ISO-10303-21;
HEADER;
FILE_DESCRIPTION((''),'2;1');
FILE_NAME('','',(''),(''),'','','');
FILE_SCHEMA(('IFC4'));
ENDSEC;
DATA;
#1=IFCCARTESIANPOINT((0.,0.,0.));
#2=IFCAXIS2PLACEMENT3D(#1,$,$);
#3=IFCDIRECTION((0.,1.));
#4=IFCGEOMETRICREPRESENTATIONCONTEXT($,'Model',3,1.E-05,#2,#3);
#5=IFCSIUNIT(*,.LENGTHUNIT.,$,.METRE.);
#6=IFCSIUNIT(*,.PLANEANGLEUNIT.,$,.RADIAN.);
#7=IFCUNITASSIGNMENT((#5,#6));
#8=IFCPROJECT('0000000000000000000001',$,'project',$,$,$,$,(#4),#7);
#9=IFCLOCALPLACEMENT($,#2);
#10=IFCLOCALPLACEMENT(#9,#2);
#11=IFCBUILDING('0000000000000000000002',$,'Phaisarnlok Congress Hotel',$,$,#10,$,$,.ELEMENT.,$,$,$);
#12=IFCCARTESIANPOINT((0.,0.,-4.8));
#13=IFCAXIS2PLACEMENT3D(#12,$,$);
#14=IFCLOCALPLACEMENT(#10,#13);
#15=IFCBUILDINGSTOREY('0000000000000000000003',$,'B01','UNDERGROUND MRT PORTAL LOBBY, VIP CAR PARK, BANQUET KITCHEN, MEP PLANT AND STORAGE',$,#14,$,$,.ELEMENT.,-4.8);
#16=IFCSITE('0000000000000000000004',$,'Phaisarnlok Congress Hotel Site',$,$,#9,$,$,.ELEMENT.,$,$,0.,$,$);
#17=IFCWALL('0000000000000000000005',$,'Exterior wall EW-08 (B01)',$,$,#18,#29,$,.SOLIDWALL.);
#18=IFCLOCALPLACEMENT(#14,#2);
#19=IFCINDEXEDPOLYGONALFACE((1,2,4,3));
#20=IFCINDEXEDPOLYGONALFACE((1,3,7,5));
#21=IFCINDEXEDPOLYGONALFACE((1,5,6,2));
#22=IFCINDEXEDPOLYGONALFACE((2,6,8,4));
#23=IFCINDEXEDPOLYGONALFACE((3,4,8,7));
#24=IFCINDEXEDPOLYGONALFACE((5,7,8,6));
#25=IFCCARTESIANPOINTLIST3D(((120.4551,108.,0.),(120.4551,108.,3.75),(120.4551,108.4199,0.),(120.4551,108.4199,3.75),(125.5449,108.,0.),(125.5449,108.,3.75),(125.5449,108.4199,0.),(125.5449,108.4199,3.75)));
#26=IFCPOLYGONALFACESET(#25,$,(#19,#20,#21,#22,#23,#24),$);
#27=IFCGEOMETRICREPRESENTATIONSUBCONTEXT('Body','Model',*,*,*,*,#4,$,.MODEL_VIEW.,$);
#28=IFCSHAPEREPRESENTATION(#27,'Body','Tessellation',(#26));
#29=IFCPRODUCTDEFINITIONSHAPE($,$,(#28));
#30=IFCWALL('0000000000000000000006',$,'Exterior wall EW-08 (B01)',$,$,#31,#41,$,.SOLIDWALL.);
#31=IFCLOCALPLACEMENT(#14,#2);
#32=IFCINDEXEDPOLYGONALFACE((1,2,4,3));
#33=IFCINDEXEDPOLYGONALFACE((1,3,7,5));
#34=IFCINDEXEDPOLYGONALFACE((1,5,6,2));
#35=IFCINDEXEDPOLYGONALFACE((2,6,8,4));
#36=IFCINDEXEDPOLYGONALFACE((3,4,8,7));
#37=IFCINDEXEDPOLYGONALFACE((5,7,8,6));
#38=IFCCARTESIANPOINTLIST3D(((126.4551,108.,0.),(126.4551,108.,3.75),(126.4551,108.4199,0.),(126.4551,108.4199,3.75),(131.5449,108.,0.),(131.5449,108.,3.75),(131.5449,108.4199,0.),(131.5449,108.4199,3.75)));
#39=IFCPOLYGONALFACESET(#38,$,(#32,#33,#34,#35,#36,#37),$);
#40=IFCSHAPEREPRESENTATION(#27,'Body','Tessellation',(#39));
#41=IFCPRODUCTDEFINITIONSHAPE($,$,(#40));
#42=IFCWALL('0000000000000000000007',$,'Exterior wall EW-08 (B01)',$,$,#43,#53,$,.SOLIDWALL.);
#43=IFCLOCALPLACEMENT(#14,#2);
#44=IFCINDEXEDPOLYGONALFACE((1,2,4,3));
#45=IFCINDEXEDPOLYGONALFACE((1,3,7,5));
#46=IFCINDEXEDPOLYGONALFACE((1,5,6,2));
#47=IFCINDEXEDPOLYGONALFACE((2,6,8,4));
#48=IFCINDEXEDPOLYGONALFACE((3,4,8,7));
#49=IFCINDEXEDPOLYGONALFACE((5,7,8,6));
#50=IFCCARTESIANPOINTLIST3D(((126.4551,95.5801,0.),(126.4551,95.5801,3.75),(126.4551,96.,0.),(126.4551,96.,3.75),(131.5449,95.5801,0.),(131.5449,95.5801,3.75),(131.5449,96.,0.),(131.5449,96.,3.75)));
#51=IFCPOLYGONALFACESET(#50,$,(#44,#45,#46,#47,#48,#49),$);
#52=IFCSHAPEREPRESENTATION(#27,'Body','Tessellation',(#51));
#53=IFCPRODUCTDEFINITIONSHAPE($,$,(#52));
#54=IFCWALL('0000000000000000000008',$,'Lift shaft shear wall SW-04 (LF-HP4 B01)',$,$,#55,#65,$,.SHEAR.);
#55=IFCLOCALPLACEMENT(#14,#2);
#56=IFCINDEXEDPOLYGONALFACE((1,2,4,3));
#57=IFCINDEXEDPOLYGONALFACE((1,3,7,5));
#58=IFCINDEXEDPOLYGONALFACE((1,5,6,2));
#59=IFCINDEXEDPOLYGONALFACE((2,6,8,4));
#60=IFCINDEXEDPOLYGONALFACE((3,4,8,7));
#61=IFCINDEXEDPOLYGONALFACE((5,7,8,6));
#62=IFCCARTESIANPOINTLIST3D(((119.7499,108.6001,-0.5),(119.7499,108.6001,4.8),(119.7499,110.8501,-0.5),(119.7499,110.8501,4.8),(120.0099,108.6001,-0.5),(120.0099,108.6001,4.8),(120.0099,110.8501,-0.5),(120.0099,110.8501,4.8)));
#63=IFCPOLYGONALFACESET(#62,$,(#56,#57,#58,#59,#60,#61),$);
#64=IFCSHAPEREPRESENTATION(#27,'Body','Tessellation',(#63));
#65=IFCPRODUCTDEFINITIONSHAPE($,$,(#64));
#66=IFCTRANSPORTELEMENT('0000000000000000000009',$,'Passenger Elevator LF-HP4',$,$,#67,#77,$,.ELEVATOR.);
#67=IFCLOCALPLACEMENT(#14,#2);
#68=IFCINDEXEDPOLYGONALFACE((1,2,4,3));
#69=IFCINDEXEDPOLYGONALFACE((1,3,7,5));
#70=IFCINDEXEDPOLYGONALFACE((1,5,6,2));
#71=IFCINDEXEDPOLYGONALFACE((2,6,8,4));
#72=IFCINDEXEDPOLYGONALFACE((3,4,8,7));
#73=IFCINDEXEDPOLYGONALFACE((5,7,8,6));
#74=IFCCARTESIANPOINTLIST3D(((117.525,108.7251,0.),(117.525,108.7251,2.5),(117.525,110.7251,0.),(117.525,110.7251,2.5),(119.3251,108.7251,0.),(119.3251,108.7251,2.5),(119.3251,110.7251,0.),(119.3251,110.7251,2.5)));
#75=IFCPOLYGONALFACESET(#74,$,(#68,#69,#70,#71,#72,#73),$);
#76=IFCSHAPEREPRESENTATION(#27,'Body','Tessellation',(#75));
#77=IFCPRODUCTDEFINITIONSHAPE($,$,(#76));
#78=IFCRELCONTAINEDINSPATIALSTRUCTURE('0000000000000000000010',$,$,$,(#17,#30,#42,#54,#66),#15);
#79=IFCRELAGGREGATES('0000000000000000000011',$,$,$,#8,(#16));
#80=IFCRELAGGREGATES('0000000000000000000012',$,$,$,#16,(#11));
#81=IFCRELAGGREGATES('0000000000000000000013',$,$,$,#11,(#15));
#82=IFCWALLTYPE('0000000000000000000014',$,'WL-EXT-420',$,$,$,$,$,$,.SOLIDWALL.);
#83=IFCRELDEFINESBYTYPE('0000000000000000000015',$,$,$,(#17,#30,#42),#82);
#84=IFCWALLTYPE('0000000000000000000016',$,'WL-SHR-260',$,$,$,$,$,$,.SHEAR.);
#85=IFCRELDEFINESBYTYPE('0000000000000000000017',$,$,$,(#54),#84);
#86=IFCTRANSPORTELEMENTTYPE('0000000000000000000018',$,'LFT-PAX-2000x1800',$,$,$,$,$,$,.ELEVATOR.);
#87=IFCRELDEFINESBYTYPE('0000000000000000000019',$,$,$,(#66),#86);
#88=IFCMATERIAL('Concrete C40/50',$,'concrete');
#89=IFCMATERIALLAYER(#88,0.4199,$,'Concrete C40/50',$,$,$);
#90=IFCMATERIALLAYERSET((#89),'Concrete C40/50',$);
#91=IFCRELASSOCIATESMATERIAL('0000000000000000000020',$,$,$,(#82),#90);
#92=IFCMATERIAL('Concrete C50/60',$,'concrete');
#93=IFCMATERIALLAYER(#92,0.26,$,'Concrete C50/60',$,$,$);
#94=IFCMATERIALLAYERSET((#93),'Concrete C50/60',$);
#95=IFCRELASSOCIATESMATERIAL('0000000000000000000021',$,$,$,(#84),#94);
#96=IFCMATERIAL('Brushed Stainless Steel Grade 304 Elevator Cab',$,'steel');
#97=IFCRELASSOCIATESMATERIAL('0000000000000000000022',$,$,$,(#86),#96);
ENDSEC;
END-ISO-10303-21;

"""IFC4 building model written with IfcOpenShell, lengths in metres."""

from ifc_helpers import new_model, si_unit, direction, frame, frame_2d, origin, origin_2d, place, context, subcontext, project, spatial, rectangle, extrude, material, layer, layer_set, type_object, element, save


model = new_model("IFC4")

# Units and contexts
model_context = context("Model", 3, precision=1e-05, world=origin(), true_north=direction((0.0, 1.0)))
body_context = subcontext(model_context, "Body", "Model", "MODEL_VIEW")
ifc_project = project(units=[si_unit("LENGTHUNIT", "METRE"), si_unit("PLANEANGLEUNIT", "RADIAN")], contexts=[model_context])

# Site, building, storey
site_placement = place(None, origin())
site = spatial("IfcSite", under=ifc_project, at=site_placement, Name="Phaisarnlok Congress Hotel Site", CompositionType="ELEMENT", RefElevation=0.0)
building_placement = place(site_placement, origin())
building = spatial("IfcBuilding", under=site, at=building_placement, Name="Phaisarnlok Congress Hotel", CompositionType="ELEMENT")
storey_placement = place(building_placement, frame((0.0, 0.0, -4.8)))
storey = spatial("IfcBuildingStorey", under=building, at=storey_placement, Name="B01", Description="UNDERGROUND MRT PORTAL LOBBY, VIP CAR PARK, BANQUET KITCHEN, MEP PLANT AND STORAGE", CompositionType="ELEMENT", Elevation=-4.8)

# Shared definitions
ifc_material_1 = material(Name="Concrete C40/50", Category="concrete")

# Shared definitions
ifc_material_2 = material(Name="Concrete C50/60", Category="concrete")

# Walls
ifc_layer_1 = layer(ifc_material_1, 0.4199, Name="Concrete C40/50")
ifc_layer_set_1 = layer_set([ifc_layer_1], Name="Concrete C40/50")
wall_type_1 = type_object("IfcWallType", Name="WL-EXT-420", PredefinedType="SOLIDWALL", material=ifc_layer_set_1)
for number, where, z_axis, x_axis, name in (
    (1, (120.4551, 108.21, 0.0), (0.0, 0.0, 1.0), (1.0, 0.0, 0.0), "Exterior wall EW-08 (B01)"),
    (2, (126.4551, 108.21, 0.0), (0.0, 0.0, 1.0), (1.0, 0.0, 0.0), "Exterior wall EW-08 (B01)"),
    (3, (131.5449, 95.79, 0.0), (0.0, 0.0, 1.0), (-1.0, 0.0, 0.0), "Exterior wall EW-08 (B01)"),
):
    element("IfcWall", number, at=place(storey_placement, frame(where, z_axis=z_axis, x_axis=x_axis)), inside=storey, type_object=wall_type_1, Name=name, PredefinedType="SOLIDWALL", context=body_context, shape_type="SweptSolid", body=[
        extrude(rectangle(XDim=5.0898, YDim=0.4199, at=frame_2d((2.5449, 0.0))), origin(), (0.0, 0.0, 1.0), 3.75),
    ])
ifc_layer_2 = layer(ifc_material_2, 0.26, Name="Concrete C50/60")
ifc_layer_set_2 = layer_set([ifc_layer_2], Name="Concrete C50/60")
wall_type_2 = type_object("IfcWallType", Name="WL-SHR-260", PredefinedType="SHEAR", material=ifc_layer_set_2)
wall_placement = place(storey_placement, frame((119.8799, 108.6001, -0.5), z_axis=(0.0, 0.0, 1.0), x_axis=(0.0, 1.0, 0.0)))
element("IfcWall", 4, at=wall_placement, inside=storey, type_object=wall_type_2, Name="Lift shaft shear wall SW-04 (LF-HP4 B01)", PredefinedType="SHEAR", context=body_context, shape_type="SweptSolid", body=[
    extrude(rectangle(XDim=2.25, YDim=0.26, at=frame_2d((1.125, 0.0))), origin(), (0.0, 0.0, 1.0), 5.3),
])

# Transport element
ifc_material_3 = material(Name="Brushed Stainless Steel Grade 304 Elevator Cab", Category="steel")
transport_element_type = type_object("IfcTransportElementType", Name="LFT-PAX-2000x1800", PredefinedType="ELEVATOR", material=ifc_material_3)
transport_element_placement = place(storey_placement, frame((118.425, 109.7251, 0.0), z_axis=(0.0, 0.0, 1.0), x_axis=(1.0, 0.0, 0.0)))
element("IfcTransportElement", 5, at=transport_element_placement, inside=storey, type_object=transport_element_type, Name="Passenger Elevator LF-HP4", PredefinedType="ELEVATOR", context=body_context, shape_type="SweptSolid", body=[
    extrude(rectangle(XDim=1.8, YDim=2.0, at=origin_2d()), origin(), (0.0, 0.0, 1.0), 2.5),
])

save(model, "model.ifc")
